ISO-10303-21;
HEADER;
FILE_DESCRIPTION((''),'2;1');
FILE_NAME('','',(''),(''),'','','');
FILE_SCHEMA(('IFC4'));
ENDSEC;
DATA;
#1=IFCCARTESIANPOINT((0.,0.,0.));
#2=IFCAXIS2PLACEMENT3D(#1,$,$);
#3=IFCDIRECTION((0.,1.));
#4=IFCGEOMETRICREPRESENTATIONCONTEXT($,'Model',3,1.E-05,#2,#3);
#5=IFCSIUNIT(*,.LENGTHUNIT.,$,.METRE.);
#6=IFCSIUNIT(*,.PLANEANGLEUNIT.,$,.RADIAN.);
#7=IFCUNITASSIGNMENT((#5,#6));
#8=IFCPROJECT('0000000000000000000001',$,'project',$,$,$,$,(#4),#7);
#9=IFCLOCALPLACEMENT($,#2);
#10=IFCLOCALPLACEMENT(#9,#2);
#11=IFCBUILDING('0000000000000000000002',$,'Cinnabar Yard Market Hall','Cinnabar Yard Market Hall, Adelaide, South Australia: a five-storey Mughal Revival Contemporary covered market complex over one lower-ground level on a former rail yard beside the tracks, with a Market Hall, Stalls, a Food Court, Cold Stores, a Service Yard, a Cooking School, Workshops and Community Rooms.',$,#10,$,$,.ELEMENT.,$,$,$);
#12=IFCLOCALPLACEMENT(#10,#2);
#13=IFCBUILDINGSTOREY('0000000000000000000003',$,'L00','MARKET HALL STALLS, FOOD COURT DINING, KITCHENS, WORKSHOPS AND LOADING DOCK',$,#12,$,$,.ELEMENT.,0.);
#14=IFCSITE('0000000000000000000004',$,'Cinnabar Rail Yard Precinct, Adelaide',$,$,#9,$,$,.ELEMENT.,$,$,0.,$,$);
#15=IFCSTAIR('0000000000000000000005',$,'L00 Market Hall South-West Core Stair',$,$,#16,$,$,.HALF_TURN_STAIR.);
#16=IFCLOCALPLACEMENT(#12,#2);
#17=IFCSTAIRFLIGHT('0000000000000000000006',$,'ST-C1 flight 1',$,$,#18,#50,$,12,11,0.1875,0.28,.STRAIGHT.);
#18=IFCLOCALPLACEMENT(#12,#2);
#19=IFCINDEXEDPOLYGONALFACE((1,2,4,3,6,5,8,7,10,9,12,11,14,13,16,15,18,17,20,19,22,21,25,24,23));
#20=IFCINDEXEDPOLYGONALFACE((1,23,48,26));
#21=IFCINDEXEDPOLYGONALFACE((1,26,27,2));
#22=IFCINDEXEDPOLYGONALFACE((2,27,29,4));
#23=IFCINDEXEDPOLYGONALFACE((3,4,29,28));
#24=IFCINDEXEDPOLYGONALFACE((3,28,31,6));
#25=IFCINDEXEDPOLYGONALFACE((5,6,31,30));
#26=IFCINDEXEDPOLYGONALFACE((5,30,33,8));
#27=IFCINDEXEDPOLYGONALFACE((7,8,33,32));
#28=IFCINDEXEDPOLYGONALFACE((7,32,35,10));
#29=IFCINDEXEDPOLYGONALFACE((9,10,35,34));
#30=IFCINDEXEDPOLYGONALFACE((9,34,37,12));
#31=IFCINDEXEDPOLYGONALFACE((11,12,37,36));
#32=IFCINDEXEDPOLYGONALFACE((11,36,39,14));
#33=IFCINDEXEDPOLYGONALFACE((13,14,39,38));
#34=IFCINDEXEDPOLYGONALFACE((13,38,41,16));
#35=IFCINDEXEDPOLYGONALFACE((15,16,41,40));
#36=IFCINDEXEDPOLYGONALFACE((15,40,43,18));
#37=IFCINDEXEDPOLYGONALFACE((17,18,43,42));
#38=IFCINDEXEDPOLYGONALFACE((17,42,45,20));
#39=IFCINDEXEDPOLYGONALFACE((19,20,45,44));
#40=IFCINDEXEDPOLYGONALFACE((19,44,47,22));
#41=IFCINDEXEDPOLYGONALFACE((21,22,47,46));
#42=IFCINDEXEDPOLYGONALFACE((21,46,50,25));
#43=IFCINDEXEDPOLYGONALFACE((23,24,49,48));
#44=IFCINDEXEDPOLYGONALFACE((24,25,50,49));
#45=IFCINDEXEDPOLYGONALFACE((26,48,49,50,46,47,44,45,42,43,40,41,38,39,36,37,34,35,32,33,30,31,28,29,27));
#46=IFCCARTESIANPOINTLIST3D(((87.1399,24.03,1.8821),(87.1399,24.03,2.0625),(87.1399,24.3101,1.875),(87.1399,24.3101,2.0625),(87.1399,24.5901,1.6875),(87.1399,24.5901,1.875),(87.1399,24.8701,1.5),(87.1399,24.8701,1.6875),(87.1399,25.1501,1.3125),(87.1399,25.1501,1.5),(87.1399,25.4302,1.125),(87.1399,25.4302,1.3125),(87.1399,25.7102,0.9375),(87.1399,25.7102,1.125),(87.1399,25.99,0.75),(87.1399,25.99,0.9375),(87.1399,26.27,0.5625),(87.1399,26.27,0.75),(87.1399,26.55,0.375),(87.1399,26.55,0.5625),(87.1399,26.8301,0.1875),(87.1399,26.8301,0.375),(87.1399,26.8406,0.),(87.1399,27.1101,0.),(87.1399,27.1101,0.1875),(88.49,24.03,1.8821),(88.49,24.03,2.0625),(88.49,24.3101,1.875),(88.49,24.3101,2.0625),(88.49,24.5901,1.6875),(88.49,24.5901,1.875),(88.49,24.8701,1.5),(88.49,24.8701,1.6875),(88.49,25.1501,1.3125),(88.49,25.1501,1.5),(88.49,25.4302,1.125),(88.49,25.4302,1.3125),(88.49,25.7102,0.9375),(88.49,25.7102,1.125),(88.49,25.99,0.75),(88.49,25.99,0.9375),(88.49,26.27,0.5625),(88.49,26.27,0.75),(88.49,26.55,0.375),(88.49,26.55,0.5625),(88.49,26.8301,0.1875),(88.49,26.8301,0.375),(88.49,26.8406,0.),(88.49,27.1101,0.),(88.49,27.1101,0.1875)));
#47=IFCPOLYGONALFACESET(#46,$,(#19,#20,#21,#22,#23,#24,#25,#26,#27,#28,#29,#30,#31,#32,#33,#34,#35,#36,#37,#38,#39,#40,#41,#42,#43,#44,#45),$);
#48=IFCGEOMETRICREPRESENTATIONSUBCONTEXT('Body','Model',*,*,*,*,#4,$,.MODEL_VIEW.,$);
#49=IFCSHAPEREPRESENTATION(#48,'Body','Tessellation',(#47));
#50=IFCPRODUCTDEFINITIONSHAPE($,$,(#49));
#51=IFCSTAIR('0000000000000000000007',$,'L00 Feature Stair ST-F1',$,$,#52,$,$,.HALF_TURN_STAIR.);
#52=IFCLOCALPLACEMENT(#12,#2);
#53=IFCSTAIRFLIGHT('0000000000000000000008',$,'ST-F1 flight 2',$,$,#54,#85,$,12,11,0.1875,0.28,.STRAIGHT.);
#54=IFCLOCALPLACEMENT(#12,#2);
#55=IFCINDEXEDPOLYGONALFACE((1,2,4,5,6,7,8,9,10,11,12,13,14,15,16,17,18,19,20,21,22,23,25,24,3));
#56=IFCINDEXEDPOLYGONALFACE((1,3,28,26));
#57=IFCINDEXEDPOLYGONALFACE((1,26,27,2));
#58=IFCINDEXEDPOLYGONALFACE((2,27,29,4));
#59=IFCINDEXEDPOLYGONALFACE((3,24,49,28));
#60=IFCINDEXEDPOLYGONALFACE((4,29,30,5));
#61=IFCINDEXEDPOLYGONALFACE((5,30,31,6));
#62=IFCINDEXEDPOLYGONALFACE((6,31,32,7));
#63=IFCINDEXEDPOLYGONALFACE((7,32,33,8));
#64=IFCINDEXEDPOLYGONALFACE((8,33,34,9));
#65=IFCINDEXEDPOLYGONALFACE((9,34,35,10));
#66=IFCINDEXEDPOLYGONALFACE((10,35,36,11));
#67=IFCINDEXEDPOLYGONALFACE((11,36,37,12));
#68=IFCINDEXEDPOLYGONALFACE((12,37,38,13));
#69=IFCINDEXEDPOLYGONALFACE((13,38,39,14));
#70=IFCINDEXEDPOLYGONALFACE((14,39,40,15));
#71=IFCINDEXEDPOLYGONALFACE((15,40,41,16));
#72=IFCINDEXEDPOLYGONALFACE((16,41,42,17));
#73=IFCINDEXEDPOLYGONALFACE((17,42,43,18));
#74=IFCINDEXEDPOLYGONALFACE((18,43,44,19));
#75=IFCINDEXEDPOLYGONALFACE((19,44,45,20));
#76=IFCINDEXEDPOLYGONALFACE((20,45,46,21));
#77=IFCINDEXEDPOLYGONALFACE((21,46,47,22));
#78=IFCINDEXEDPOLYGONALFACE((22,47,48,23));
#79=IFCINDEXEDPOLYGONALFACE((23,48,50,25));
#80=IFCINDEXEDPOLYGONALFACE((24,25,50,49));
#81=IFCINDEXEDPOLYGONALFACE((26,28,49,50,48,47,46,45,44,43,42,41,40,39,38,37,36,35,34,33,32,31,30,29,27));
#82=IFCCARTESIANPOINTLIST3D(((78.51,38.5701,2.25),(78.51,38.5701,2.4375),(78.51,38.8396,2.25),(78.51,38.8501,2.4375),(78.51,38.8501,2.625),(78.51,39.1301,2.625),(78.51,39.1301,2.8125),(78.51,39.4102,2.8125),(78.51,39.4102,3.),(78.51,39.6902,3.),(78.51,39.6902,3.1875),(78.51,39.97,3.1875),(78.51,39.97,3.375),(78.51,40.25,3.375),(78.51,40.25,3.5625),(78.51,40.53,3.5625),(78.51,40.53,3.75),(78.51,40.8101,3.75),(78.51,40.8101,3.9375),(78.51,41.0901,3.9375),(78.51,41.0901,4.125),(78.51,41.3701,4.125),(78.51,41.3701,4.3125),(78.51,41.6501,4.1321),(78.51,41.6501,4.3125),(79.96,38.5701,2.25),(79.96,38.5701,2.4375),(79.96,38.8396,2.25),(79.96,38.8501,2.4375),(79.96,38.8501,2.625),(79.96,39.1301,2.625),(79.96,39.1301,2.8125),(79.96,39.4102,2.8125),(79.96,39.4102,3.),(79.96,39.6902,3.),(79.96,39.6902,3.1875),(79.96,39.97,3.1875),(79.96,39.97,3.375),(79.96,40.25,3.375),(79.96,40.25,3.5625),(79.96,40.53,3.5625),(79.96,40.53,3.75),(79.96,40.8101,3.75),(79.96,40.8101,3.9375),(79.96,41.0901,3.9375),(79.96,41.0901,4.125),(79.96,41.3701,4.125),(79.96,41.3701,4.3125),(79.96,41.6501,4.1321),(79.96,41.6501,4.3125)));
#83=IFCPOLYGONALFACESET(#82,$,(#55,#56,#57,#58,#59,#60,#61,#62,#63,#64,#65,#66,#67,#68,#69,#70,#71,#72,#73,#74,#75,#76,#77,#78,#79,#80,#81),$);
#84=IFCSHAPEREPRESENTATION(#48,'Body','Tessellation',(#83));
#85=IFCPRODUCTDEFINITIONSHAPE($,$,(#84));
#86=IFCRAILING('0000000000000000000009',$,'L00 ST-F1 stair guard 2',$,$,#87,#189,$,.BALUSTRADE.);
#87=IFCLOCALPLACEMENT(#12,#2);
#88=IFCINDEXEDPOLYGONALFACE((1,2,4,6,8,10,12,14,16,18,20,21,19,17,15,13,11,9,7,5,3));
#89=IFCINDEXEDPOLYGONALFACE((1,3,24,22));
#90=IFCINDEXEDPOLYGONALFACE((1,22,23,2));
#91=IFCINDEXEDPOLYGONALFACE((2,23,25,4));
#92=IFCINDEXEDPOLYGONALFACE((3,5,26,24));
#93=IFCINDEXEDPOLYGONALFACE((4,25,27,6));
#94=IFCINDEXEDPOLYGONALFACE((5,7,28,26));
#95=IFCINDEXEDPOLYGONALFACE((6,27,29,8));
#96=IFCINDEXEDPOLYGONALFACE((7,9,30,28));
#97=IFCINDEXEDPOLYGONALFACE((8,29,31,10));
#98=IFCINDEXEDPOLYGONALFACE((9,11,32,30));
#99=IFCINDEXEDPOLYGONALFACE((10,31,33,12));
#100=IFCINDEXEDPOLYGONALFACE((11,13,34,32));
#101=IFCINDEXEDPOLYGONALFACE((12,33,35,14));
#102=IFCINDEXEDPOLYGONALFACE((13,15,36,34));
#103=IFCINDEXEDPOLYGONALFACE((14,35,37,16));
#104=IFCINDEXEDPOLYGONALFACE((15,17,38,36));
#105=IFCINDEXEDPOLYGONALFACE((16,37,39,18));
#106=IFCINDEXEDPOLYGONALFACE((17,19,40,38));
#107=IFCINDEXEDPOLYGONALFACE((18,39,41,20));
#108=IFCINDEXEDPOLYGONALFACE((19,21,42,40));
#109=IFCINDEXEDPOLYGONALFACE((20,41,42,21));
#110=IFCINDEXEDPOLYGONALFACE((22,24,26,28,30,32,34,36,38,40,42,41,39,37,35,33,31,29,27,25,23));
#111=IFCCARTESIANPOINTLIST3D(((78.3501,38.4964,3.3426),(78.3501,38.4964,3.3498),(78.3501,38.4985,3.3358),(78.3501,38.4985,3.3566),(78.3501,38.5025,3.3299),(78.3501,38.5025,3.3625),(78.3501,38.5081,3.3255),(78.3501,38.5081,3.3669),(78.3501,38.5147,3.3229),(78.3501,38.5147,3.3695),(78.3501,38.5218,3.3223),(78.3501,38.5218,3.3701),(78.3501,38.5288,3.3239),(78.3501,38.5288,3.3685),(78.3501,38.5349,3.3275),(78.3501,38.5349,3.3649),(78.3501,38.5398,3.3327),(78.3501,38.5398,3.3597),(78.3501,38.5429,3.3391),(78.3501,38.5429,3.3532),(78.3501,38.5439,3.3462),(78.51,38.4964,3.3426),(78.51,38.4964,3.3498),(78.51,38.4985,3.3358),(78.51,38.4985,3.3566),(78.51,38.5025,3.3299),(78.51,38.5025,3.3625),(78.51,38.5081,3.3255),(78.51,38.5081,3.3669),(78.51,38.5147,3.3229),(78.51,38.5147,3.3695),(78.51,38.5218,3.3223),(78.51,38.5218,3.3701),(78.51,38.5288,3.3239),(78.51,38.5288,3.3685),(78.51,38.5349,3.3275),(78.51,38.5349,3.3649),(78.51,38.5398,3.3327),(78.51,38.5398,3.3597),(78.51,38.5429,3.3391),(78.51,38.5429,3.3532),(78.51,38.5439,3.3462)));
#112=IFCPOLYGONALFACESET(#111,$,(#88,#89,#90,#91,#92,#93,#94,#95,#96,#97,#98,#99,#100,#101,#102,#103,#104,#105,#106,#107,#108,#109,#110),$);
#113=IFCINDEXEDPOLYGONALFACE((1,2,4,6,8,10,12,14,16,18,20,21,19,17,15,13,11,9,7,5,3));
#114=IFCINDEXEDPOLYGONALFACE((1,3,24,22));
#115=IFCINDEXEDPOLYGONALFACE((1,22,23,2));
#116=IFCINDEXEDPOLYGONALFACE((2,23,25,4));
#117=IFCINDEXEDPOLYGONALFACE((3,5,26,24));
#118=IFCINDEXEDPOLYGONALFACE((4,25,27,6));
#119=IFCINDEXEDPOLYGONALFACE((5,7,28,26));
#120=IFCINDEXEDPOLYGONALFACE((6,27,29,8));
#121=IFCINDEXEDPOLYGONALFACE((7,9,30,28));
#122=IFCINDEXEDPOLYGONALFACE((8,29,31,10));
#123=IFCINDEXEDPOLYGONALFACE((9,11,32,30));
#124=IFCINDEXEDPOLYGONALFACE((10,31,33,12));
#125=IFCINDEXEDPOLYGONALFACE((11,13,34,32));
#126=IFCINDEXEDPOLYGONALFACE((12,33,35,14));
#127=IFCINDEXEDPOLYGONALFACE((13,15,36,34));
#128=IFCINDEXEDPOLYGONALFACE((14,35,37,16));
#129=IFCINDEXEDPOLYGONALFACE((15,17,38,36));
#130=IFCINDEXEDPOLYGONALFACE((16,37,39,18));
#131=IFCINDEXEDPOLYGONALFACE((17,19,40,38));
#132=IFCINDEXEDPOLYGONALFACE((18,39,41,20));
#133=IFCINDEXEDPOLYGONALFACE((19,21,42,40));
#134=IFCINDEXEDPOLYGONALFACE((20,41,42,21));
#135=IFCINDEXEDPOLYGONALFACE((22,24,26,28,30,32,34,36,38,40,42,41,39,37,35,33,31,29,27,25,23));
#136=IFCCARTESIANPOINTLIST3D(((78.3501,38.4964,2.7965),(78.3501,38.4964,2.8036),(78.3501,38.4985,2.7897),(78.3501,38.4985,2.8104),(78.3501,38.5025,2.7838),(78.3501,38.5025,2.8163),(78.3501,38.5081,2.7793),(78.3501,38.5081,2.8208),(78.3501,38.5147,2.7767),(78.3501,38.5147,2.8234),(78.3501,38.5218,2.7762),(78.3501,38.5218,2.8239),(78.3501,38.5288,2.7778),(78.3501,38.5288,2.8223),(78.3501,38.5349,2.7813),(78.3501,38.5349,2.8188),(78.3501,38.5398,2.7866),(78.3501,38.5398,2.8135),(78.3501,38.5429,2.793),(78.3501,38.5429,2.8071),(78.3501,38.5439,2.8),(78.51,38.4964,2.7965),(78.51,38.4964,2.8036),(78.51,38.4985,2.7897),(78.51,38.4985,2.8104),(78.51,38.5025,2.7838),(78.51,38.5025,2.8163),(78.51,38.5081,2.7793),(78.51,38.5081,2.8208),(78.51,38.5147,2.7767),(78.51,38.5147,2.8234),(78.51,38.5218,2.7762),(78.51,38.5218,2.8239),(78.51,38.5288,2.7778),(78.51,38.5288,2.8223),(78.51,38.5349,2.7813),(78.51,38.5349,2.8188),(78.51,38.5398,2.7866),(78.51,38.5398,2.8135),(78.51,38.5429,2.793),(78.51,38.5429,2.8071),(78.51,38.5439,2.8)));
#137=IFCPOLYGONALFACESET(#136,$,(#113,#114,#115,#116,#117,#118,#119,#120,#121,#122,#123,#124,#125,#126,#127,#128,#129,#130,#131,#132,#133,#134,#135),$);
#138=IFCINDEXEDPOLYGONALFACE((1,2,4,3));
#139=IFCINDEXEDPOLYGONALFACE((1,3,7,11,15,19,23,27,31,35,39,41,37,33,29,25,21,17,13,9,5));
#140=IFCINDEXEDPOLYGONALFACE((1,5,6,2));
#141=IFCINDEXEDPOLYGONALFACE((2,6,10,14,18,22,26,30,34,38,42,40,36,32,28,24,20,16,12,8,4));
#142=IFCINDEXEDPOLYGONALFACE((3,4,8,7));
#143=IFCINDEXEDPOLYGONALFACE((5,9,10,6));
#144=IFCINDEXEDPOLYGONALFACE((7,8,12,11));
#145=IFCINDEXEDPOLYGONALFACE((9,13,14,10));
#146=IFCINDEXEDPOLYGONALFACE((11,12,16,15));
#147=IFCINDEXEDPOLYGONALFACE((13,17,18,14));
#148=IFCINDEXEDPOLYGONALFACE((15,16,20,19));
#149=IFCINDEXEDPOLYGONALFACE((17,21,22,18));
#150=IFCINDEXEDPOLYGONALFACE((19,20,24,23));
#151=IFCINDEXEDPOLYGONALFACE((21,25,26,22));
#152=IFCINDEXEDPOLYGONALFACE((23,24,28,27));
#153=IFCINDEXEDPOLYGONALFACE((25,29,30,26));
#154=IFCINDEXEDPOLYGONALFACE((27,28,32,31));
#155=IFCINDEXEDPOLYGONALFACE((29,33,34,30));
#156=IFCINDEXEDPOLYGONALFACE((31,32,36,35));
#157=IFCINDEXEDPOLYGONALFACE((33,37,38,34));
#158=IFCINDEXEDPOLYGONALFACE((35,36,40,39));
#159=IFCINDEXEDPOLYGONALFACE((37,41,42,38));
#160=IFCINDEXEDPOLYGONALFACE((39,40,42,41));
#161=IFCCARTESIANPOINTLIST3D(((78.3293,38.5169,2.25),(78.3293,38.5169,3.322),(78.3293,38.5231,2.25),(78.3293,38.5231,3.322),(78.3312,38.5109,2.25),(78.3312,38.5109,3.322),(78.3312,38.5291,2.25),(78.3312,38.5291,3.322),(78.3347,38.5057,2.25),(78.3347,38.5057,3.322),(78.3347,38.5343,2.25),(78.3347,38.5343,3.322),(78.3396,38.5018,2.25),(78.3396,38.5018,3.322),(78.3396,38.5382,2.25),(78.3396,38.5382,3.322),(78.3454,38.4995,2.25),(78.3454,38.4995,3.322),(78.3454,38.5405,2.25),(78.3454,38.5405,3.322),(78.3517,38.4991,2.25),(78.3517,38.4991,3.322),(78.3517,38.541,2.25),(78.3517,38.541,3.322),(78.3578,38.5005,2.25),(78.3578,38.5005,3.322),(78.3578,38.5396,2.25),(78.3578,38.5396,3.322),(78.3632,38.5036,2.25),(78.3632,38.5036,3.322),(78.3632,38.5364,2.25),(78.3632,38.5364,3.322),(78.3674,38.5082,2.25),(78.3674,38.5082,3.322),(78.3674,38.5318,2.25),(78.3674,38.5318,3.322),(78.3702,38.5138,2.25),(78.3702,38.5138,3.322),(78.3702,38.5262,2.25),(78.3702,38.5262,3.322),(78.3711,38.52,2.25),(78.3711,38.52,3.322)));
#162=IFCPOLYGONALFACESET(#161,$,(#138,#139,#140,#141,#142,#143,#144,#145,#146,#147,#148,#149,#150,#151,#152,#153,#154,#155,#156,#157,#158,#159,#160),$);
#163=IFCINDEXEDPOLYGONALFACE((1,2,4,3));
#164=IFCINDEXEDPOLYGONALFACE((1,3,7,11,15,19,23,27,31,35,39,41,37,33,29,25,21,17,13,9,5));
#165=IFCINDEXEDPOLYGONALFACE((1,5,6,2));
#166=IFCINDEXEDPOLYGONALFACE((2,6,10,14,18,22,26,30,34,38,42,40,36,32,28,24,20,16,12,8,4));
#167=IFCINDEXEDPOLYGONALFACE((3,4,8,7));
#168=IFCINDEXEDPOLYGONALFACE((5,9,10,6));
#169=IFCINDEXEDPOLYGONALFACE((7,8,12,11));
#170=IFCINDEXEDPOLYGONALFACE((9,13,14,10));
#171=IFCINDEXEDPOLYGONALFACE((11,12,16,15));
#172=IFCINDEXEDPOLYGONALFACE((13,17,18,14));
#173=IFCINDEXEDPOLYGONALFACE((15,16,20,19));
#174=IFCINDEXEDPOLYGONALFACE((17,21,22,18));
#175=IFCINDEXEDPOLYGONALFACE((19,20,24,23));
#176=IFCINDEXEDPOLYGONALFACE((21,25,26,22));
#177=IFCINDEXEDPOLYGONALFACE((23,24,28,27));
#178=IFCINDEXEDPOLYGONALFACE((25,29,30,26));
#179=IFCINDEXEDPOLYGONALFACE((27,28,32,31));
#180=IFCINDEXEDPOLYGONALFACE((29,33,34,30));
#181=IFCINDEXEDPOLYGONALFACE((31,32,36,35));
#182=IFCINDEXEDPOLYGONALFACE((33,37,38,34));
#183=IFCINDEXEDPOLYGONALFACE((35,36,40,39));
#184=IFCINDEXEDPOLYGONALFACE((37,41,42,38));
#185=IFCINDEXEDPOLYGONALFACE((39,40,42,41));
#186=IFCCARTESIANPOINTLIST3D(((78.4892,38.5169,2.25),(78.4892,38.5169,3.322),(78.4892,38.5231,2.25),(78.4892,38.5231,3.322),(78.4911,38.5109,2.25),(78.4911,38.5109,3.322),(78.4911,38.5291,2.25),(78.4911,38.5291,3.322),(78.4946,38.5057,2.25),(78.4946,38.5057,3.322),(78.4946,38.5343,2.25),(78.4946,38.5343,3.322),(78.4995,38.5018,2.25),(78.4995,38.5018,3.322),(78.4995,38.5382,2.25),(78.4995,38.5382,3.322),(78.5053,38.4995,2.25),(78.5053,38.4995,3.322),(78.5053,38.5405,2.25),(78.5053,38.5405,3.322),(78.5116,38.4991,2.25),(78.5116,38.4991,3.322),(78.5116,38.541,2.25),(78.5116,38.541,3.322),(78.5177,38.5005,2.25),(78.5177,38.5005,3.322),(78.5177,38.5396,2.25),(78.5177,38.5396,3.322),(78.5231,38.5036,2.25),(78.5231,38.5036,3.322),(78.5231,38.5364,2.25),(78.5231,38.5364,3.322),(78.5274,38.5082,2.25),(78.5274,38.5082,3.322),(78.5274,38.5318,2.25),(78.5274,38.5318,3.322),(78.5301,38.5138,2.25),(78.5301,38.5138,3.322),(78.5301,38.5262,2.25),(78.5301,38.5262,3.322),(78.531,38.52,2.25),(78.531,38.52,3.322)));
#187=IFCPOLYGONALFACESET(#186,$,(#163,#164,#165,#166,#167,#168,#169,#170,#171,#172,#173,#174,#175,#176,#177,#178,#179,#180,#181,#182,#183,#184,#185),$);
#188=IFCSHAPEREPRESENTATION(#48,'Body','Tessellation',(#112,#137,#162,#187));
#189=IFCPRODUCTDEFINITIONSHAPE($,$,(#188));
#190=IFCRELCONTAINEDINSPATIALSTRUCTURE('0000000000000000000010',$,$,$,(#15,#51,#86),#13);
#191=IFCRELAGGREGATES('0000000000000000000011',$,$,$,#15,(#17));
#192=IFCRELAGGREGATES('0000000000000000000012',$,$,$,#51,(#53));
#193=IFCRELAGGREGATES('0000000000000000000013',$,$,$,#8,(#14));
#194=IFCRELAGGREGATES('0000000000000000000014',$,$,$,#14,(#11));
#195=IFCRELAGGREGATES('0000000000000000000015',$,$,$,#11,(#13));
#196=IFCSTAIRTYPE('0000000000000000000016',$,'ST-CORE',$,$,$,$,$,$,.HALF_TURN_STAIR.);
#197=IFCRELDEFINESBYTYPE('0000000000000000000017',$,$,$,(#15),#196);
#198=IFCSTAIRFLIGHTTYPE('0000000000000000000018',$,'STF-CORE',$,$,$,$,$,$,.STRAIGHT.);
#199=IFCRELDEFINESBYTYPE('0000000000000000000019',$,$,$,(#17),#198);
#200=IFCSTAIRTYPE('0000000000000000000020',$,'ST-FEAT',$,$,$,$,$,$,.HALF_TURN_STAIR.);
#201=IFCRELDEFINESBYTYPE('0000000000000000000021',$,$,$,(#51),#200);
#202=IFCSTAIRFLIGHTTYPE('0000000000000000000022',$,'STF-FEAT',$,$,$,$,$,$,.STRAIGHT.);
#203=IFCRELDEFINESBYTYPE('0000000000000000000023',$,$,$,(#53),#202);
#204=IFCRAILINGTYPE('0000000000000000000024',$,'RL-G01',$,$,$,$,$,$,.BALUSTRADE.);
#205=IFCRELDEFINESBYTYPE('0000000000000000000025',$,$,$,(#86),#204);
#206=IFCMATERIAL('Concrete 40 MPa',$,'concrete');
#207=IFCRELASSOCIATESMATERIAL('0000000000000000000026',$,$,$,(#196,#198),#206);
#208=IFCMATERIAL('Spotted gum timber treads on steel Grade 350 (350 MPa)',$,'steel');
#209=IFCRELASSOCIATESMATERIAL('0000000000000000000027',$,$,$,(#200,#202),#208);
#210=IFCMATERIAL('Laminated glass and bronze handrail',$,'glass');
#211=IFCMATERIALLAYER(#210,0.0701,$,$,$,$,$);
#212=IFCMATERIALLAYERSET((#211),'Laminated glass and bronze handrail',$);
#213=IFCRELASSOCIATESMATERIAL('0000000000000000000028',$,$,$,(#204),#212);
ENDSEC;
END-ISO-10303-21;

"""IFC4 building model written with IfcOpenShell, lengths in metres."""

from ifc_helpers import new_model, si_unit, direction, frame, origin, origin_2d_with_axis, place, context, subcontext, project, spatial, polyline, circle, outline, extrude, material, layer, layer_set, type_object, element, aggregate, save


model = new_model("IFC4")

# Units and contexts
model_context = context("Model", 3, precision=1e-05, world=origin(), true_north=direction((0.0, 1.0)))
body_context = subcontext(model_context, "Body", "Model", "MODEL_VIEW")
ifc_project = project(units=[si_unit("LENGTHUNIT", "METRE"), si_unit("PLANEANGLEUNIT", "RADIAN")], contexts=[model_context])

# Site, building, storey
site_placement = place(None, origin())
site = spatial("IfcSite", under=ifc_project, at=site_placement, Name="Cinnabar Rail Yard Precinct, Adelaide", CompositionType="ELEMENT", RefElevation=0.0)
building_placement = place(site_placement, origin())
building = spatial("IfcBuilding", under=site, at=building_placement, Name="Cinnabar Yard Market Hall", Description="Cinnabar Yard Market Hall, Adelaide, South Australia: a five-storey Mughal Revival Contemporary covered market complex over one lower-ground level on a former rail yard beside the tracks, with a Market Hall, Stalls, a Food Court, Cold Stores, a Service Yard, a Cooking School, Workshops and Community Rooms.", CompositionType="ELEMENT")
storey_placement = place(building_placement, origin())
storey = spatial("IfcBuildingStorey", under=building, at=storey_placement, Name="L00", Description="MARKET HALL STALLS, FOOD COURT DINING, KITCHENS, WORKSHOPS AND LOADING DOCK", CompositionType="ELEMENT", Elevation=0.0)

# Shared definitions
ifc_material_1 = material(Name="Concrete 40 MPa", Category="concrete")

# Stairs, stair flights
stair_type_1 = type_object("IfcStairType", Name="ST-CORE", PredefinedType="HALF_TURN_STAIR", material=ifc_material_1)
stair_1_placement = place(storey_placement, origin())
stair_1 = element("IfcStair", 1, at=stair_1_placement, inside=storey, type_object=stair_type_1, Name="L00 Market Hall South-West Core Stair", PredefinedType="HALF_TURN_STAIR")
stair_flight_type_1 = type_object("IfcStairFlightType", Name="STF-CORE", PredefinedType="STRAIGHT", material=ifc_material_1)
stair_flight_1_placement = place(storey_placement, frame((87.8149, 27.1101, 0.0), z_axis=(0.0, 0.0, 1.0), x_axis=(0.0, -1.0, 0.0)))
stair_flight_1 = element("IfcStairFlight", 2, at=stair_flight_1_placement, type_object=stair_flight_type_1, Name="ST-C1 flight 1", NumberOfRisers=12, NumberOfTreads=11, PredefinedType="STRAIGHT", RiserHeight=0.1875, TreadLength=0.28, context=body_context, shape_type="SweptSolid", body=[
    extrude(outline(polyline([(0.0, 0.0), (0.0, 0.1875), (0.28, 0.1875), (0.28, 0.375), (0.5601, 0.375), (0.5601, 0.5625), (0.8401, 0.5625), (0.8401, 0.75), (1.1201, 0.75), (1.1201, 0.9375), (1.3999, 0.9375), (1.3999, 1.125), (1.6799, 1.125), (1.6799, 1.3125), (1.96, 1.3125), (1.96, 1.5), (2.24, 1.5), (2.24, 1.6875), (2.52, 1.6875), (2.52, 1.875), (2.8, 1.875), (2.8, 2.0625), (3.0801, 2.0625), (3.0801, 2.25), (3.0801, 1.8821), (0.2695, 0.0), (0.0, 0.0)])), frame((0.0, 0.675, 0.0), z_axis=(0.0, -1.0, 0.0), x_axis=(1.0, 0.0, 0.0)), (0.0, 0.0, 1.0), 1.3501),
])
aggregate(stair_1, [stair_flight_1])
ifc_material_2 = material(Name="Spotted gum timber treads on steel Grade 350 (350 MPa)", Category="steel")
stair_type_2 = type_object("IfcStairType", Name="ST-FEAT", PredefinedType="HALF_TURN_STAIR", material=ifc_material_2)
stair_2_placement = place(storey_placement, origin())
stair_2 = element("IfcStair", 3, at=stair_2_placement, inside=storey, type_object=stair_type_2, Name="L00 Feature Stair ST-F1", PredefinedType="HALF_TURN_STAIR")
stair_flight_type_2 = type_object("IfcStairFlightType", Name="STF-FEAT", PredefinedType="STRAIGHT", material=ifc_material_2)
stair_flight_2_placement = place(storey_placement, frame((79.2351, 38.5701, 2.25), z_axis=(0.0, 0.0, 1.0), x_axis=(0.0, 1.0, 0.0)))
stair_flight_2 = element("IfcStairFlight", 4, at=stair_flight_2_placement, type_object=stair_flight_type_2, Name="ST-F1 flight 2", NumberOfRisers=12, NumberOfTreads=11, PredefinedType="STRAIGHT", RiserHeight=0.1875, TreadLength=0.28, context=body_context, shape_type="SweptSolid", body=[
    extrude(outline(polyline([(0.0, 0.0), (0.0, 0.1875), (0.28, 0.1875), (0.28, 0.375), (0.5601, 0.375), (0.5601, 0.5625), (0.8401, 0.5625), (0.8401, 0.75), (1.1201, 0.75), (1.1201, 0.9375), (1.3999, 0.9375), (1.3999, 1.125), (1.6799, 1.125), (1.6799, 1.3125), (1.96, 1.3125), (1.96, 1.5), (2.24, 1.5), (2.24, 1.6875), (2.52, 1.6875), (2.52, 1.875), (2.8, 1.875), (2.8, 2.0625), (3.0801, 2.0625), (3.0801, 2.25), (3.0801, 1.8821), (0.2695, 0.0), (0.0, 0.0)])), frame((0.0, 0.7251, 0.0), z_axis=(0.0, -1.0, 0.0), x_axis=(1.0, 0.0, 0.0)), (0.0, 0.0, 1.0), 1.45),
])
aggregate(stair_2, [stair_flight_2])

# Railing
ifc_material_3 = material(Name="Laminated glass and bronze handrail", Category="glass")
ifc_layer_1 = layer(ifc_material_3, 0.0701)
ifc_layer_set_1 = layer_set([ifc_layer_1], Name="Laminated glass and bronze handrail")
railing_type_1 = type_object("IfcRailingType", Name="RL-G01", PredefinedType="BALUSTRADE", material=ifc_layer_set_1)
railing_1_placement = place(storey_placement, frame((78.3501, 38.52, 2.25)))
element("IfcRailing", 5, at=railing_1_placement, inside=storey, type_object=railing_type_1, Name="L00 ST-F1 stair guard 2", PredefinedType="BALUSTRADE", context=body_context, shape_type="SweptSolid", body=[
    extrude(circle(Radius=0.0239, at=origin_2d_with_axis()), frame((0.0, 0.0, 1.0962), z_axis=(1.0, 0.0, 0.0), x_axis=(0.0, 1.0, 0.0)), (0.0, 0.0, 1.0), 0.1599),
    extrude(circle(Radius=0.0239, at=origin_2d_with_axis()), frame((0.0, 0.0, 0.55), z_axis=(1.0, 0.0, 0.0), x_axis=(0.0, 1.0, 0.0)), (0.0, 0.0, 1.0), 0.1599),
    extrude(circle(Radius=0.021, at=origin_2d_with_axis()), origin(), (0.0, 0.0, 1.0), 1.072),
    extrude(circle(Radius=0.021, at=origin_2d_with_axis()), frame((0.1599, 0.0, 0.0)), (0.0, 0.0, 1.0), 1.072),
])

save(model, "model.ifc")
